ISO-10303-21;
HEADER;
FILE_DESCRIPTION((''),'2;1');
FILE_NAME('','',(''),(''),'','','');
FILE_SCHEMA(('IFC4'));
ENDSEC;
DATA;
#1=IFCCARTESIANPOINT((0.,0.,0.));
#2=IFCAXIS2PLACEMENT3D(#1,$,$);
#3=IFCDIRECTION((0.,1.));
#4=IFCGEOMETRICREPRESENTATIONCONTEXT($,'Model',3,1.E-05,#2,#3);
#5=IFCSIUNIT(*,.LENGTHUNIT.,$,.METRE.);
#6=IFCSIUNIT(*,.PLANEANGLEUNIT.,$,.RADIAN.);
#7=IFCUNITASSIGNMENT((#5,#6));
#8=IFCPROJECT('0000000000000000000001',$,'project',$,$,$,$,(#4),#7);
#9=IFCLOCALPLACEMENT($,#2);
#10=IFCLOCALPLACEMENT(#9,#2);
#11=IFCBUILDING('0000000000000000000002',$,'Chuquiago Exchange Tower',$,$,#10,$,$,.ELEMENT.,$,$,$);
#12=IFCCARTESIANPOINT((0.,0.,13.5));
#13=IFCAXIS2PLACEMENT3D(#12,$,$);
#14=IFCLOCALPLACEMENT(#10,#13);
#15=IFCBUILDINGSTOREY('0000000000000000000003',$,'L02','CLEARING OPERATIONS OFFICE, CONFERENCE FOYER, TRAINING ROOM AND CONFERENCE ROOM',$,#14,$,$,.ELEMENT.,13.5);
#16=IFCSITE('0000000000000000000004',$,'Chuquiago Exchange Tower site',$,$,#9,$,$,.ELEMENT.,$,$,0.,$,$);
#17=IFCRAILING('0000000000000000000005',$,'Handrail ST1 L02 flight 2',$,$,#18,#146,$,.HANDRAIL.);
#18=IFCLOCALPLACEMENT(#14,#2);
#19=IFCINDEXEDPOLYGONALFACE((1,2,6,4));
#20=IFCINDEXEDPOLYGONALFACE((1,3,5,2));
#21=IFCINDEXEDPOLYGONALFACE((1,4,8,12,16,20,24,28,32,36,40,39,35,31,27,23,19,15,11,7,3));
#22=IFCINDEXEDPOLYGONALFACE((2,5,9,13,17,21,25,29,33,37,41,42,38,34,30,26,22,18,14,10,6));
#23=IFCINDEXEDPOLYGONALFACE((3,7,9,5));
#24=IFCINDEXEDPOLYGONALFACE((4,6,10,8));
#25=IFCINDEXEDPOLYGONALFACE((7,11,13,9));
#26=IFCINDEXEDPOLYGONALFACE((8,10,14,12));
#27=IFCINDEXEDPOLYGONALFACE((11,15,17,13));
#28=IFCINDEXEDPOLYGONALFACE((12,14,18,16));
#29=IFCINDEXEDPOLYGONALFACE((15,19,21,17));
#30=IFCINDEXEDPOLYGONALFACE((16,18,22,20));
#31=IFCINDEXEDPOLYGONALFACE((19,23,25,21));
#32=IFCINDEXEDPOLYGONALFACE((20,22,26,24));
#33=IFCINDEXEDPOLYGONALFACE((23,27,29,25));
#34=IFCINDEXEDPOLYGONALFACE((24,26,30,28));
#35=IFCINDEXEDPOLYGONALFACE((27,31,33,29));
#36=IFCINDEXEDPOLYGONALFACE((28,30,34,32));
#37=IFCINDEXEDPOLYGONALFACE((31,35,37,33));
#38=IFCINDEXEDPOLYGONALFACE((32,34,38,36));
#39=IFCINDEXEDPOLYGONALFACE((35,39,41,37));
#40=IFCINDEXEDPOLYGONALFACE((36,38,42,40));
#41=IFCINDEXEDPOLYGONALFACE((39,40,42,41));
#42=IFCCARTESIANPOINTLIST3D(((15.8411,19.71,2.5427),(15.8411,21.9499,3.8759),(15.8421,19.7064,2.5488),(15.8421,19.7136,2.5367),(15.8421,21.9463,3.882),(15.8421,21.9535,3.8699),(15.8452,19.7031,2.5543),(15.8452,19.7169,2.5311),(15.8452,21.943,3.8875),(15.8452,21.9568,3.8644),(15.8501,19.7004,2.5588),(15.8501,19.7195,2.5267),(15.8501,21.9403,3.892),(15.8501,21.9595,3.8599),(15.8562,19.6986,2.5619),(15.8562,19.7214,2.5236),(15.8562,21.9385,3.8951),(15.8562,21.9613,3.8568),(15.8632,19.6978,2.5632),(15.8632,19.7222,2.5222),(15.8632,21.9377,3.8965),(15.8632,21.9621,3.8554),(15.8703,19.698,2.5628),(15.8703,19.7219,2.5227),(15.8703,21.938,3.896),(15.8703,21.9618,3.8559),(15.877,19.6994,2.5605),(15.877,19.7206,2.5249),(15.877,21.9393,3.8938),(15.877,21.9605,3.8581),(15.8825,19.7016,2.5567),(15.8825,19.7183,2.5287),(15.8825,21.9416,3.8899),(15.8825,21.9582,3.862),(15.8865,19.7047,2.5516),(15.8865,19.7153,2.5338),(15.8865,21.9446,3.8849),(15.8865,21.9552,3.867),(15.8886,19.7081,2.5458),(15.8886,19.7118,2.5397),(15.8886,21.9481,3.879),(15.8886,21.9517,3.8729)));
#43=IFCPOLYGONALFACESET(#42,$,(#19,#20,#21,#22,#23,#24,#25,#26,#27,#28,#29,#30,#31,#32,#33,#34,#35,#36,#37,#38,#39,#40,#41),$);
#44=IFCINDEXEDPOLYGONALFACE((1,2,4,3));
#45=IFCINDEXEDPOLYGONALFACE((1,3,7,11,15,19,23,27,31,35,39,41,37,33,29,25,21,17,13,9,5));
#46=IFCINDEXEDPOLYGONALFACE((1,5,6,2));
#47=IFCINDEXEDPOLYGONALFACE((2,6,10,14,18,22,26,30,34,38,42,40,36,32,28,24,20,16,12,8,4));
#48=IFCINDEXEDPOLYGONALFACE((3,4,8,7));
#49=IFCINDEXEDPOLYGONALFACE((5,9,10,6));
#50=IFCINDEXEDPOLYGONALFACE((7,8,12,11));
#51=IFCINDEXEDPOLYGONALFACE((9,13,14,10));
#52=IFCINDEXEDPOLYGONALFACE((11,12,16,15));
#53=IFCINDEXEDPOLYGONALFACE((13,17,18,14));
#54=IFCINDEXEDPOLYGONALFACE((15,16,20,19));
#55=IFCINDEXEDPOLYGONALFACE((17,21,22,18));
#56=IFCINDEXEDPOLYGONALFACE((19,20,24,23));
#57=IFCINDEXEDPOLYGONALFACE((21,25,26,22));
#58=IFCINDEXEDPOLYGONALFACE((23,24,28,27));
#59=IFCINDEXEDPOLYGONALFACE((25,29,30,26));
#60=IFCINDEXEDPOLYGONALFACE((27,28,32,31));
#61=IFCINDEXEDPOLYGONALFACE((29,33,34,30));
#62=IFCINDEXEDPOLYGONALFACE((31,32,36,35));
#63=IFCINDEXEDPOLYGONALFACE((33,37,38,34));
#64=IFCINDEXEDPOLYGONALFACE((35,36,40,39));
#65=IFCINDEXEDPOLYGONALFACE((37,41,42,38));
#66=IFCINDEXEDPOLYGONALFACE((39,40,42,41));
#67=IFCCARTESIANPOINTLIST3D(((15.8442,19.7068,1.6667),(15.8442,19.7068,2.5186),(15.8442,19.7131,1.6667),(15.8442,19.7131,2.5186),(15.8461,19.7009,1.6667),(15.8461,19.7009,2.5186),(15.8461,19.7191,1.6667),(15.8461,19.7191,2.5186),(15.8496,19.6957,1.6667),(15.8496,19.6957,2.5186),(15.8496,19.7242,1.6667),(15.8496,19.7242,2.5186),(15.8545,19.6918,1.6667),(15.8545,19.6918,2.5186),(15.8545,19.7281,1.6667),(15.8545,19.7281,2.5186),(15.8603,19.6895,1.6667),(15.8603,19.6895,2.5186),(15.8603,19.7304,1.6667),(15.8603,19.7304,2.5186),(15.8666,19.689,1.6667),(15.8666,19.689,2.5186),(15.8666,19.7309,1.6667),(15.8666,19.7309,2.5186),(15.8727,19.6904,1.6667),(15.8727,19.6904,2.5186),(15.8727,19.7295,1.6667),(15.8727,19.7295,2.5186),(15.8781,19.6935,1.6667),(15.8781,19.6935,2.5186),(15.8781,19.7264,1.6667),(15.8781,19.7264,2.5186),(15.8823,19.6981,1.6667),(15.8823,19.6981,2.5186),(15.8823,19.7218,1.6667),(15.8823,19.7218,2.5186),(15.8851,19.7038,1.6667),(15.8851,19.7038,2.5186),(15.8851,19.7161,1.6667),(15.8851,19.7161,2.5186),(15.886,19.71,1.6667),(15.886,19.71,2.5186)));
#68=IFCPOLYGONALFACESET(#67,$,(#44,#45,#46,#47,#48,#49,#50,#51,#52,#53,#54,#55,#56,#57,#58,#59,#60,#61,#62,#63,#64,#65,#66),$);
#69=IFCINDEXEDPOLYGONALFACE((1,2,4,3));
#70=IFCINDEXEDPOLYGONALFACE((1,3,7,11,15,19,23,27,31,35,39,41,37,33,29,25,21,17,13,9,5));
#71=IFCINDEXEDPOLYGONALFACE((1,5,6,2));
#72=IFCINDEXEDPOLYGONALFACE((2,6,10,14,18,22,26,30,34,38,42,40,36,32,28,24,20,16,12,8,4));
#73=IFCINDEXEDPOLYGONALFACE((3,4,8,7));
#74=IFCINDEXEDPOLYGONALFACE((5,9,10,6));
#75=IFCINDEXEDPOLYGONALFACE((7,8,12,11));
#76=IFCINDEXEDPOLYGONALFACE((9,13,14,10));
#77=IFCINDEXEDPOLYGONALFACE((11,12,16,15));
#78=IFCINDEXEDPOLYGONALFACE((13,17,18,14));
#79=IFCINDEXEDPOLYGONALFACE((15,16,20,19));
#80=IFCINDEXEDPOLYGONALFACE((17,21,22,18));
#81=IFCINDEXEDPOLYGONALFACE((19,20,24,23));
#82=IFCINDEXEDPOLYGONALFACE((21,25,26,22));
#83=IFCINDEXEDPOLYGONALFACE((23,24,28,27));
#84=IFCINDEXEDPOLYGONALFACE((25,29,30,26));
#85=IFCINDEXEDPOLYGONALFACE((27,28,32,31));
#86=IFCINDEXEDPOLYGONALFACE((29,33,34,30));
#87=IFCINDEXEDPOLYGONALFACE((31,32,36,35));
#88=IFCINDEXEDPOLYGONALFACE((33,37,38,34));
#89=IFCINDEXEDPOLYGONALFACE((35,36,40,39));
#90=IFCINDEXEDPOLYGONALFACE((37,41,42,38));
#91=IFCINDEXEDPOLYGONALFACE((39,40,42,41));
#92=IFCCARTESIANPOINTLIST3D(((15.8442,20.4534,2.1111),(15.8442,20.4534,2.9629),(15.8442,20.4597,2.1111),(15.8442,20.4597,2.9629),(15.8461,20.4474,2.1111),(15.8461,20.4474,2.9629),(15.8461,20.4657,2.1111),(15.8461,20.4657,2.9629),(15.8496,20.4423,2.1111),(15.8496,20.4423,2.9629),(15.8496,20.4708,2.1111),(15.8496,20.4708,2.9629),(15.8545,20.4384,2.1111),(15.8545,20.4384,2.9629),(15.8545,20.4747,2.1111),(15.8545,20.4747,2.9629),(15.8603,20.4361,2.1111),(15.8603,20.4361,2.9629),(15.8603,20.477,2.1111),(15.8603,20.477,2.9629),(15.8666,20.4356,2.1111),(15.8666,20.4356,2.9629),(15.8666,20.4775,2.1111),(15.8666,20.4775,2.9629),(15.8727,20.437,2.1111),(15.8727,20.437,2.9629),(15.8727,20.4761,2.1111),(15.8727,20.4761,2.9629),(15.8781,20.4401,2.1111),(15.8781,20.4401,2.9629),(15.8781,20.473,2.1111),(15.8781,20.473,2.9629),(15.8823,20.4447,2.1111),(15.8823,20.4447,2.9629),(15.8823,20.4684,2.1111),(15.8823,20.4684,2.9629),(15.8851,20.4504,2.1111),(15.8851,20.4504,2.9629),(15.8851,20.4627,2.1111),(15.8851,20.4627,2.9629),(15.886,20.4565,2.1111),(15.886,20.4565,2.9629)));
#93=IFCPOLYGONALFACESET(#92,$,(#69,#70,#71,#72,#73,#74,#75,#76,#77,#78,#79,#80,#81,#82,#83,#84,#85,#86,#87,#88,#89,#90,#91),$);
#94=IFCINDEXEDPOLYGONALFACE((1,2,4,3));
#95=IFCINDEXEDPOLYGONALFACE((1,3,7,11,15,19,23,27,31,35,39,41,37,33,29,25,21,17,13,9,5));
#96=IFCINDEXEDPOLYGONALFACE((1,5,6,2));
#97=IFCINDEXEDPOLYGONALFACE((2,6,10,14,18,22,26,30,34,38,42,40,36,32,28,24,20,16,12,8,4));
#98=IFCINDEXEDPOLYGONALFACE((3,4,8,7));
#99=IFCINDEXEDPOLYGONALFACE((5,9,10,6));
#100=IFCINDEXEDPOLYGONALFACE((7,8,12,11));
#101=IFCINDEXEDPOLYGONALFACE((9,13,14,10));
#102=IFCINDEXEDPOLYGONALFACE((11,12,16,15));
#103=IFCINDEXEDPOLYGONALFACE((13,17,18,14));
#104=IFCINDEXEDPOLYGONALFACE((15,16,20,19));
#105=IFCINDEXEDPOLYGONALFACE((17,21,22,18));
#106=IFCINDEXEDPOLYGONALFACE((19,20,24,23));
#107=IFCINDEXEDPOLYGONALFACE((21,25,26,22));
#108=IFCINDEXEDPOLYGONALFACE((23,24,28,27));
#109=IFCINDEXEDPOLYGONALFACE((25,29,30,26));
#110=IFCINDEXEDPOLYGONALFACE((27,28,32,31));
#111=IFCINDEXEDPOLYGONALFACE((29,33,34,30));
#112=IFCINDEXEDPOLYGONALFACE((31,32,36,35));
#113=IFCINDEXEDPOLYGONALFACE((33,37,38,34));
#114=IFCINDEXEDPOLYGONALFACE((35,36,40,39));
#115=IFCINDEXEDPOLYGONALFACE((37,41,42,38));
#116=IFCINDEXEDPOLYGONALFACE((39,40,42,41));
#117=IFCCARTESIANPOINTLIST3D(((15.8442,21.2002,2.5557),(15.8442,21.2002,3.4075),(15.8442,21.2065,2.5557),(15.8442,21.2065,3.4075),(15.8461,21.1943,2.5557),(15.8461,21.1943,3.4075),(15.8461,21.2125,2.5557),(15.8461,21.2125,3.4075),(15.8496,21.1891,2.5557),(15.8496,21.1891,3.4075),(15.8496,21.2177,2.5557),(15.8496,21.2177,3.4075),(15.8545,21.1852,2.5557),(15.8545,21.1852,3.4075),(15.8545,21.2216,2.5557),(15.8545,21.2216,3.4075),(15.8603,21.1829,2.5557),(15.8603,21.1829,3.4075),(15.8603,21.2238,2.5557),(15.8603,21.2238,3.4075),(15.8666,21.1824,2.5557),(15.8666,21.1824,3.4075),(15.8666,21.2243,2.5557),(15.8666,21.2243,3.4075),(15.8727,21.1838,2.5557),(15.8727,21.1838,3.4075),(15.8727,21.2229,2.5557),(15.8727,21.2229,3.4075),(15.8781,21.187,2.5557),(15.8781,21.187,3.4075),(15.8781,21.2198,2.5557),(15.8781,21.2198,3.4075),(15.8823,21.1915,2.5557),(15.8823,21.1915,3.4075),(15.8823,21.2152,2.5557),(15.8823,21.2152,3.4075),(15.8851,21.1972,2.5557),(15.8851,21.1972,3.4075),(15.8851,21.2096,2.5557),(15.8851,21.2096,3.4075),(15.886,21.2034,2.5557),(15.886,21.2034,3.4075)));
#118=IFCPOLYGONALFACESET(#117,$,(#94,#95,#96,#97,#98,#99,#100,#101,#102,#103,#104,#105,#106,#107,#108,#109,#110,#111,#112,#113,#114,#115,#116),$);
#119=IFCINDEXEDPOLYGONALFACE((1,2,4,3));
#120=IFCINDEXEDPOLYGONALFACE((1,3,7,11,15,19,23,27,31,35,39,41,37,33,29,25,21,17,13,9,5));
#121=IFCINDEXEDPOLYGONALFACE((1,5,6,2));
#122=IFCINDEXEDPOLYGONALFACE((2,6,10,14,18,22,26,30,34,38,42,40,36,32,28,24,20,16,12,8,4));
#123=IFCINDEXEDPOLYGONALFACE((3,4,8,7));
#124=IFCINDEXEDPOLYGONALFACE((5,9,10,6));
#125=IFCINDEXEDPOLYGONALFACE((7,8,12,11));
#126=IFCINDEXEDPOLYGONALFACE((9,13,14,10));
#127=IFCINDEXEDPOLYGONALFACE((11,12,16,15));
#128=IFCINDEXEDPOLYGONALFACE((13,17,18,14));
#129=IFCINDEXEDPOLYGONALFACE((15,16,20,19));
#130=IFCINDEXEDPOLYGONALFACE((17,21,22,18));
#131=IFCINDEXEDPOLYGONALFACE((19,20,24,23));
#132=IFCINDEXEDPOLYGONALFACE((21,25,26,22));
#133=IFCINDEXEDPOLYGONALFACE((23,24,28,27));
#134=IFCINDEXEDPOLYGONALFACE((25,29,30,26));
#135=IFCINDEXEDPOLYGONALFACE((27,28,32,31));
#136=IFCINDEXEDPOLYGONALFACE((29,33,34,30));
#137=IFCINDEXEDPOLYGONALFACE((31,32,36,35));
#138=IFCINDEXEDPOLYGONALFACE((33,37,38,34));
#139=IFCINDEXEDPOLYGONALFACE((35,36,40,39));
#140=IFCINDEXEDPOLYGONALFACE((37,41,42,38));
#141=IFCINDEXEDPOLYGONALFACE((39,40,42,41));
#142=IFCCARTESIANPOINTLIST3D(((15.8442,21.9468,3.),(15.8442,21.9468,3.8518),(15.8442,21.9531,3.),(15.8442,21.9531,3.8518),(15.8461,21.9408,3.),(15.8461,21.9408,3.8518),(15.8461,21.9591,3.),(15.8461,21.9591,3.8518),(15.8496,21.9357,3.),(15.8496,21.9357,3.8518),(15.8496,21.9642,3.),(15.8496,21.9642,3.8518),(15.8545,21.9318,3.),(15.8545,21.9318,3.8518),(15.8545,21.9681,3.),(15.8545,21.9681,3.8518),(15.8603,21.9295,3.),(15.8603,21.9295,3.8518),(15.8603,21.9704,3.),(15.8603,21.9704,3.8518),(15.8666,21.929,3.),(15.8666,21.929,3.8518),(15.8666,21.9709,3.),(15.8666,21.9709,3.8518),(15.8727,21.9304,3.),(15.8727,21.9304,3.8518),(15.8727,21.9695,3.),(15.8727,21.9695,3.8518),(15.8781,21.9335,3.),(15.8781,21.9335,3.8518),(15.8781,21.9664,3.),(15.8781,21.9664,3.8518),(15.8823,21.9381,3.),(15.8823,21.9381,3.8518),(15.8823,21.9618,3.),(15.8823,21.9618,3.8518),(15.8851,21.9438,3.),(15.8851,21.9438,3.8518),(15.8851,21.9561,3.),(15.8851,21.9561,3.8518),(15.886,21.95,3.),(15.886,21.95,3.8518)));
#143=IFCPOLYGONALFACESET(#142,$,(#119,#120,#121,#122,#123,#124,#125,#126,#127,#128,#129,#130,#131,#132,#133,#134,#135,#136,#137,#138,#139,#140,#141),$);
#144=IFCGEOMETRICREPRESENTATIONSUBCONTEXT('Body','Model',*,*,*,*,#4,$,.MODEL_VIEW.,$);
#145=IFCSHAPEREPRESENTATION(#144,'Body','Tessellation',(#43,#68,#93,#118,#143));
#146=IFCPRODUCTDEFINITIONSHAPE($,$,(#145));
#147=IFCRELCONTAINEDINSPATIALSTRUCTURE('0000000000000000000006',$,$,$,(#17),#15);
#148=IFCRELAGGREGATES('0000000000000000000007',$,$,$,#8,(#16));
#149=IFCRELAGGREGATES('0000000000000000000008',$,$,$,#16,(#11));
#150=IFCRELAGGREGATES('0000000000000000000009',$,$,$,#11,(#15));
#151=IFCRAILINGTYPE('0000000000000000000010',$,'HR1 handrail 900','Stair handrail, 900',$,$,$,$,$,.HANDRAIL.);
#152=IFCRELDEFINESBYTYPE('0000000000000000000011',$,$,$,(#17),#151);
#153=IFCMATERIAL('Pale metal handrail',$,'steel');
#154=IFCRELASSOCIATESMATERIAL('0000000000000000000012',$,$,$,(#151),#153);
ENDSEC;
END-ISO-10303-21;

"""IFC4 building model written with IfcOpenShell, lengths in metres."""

from ifc_helpers import new_model, si_unit, direction, frame, origin, origin_2d, place, context, subcontext, project, spatial, circle, extrude, material, type_object, element, save


model = new_model("IFC4")

# Units and contexts
model_context = context("Model", 3, precision=1e-05, world=origin(), true_north=direction((0.0, 1.0)))
body_context = subcontext(model_context, "Body", "Model", "MODEL_VIEW")
ifc_project = project(units=[si_unit("LENGTHUNIT", "METRE"), si_unit("PLANEANGLEUNIT", "RADIAN")], contexts=[model_context])

# Site, building, storey
site_placement = place(None, origin())
site = spatial("IfcSite", under=ifc_project, at=site_placement, Name="Chuquiago Exchange Tower site", CompositionType="ELEMENT", RefElevation=0.0)
building_placement = place(site_placement, origin())
building = spatial("IfcBuilding", under=site, at=building_placement, Name="Chuquiago Exchange Tower", CompositionType="ELEMENT")
storey_placement = place(building_placement, frame((0.0, 0.0, 13.5)))
storey = spatial("IfcBuildingStorey", under=building, at=storey_placement, Name="L02", Description="CLEARING OPERATIONS OFFICE, CONFERENCE FOYER, TRAINING ROOM AND CONFERENCE ROOM", CompositionType="ELEMENT", Elevation=13.5)

# Railing
ifc_material_1 = material(Name="Pale metal handrail", Category="steel")
railing_type_1 = type_object("IfcRailingType", Name="HR1 handrail 900", Description="Stair handrail, 900", PredefinedType="HANDRAIL", material=ifc_material_1)
for number, where, name in (
    (1, (15.865, 19.71, 1.6667), "Handrail ST1 L02 flight 2"),
):
    element("IfcRailing", number, at=place(storey_placement, frame(where)), inside=storey, type_object=railing_type_1, Name=name, PredefinedType="HANDRAIL", context=body_context, shape_type="SweptSolid", body=[
        extrude(circle(Radius=0.0239, at=origin_2d()), frame((0.0, 0.0, 0.876), z_axis=(0.0, 0.859306, 0.511462), x_axis=(-1.0, 0.0, 0.0)), (0.0, 0.0, 1.0), 2.6067),
        extrude(circle(Radius=0.021, at=origin_2d()), origin(), (0.0, 0.0, 1.0), 0.8518),
        extrude(circle(Radius=0.021, at=origin_2d()), frame((0.0, 0.7466, 0.4443)), (0.0, 0.0, 1.0), 0.8518),
        extrude(circle(Radius=0.021, at=origin_2d()), frame((0.0, 1.4934, 0.8889)), (0.0, 0.0, 1.0), 0.8518),
        extrude(circle(Radius=0.021, at=origin_2d()), frame((0.0, 2.24, 1.3333)), (0.0, 0.0, 1.0), 0.8518),
    ])

save(model, "model.ifc")
